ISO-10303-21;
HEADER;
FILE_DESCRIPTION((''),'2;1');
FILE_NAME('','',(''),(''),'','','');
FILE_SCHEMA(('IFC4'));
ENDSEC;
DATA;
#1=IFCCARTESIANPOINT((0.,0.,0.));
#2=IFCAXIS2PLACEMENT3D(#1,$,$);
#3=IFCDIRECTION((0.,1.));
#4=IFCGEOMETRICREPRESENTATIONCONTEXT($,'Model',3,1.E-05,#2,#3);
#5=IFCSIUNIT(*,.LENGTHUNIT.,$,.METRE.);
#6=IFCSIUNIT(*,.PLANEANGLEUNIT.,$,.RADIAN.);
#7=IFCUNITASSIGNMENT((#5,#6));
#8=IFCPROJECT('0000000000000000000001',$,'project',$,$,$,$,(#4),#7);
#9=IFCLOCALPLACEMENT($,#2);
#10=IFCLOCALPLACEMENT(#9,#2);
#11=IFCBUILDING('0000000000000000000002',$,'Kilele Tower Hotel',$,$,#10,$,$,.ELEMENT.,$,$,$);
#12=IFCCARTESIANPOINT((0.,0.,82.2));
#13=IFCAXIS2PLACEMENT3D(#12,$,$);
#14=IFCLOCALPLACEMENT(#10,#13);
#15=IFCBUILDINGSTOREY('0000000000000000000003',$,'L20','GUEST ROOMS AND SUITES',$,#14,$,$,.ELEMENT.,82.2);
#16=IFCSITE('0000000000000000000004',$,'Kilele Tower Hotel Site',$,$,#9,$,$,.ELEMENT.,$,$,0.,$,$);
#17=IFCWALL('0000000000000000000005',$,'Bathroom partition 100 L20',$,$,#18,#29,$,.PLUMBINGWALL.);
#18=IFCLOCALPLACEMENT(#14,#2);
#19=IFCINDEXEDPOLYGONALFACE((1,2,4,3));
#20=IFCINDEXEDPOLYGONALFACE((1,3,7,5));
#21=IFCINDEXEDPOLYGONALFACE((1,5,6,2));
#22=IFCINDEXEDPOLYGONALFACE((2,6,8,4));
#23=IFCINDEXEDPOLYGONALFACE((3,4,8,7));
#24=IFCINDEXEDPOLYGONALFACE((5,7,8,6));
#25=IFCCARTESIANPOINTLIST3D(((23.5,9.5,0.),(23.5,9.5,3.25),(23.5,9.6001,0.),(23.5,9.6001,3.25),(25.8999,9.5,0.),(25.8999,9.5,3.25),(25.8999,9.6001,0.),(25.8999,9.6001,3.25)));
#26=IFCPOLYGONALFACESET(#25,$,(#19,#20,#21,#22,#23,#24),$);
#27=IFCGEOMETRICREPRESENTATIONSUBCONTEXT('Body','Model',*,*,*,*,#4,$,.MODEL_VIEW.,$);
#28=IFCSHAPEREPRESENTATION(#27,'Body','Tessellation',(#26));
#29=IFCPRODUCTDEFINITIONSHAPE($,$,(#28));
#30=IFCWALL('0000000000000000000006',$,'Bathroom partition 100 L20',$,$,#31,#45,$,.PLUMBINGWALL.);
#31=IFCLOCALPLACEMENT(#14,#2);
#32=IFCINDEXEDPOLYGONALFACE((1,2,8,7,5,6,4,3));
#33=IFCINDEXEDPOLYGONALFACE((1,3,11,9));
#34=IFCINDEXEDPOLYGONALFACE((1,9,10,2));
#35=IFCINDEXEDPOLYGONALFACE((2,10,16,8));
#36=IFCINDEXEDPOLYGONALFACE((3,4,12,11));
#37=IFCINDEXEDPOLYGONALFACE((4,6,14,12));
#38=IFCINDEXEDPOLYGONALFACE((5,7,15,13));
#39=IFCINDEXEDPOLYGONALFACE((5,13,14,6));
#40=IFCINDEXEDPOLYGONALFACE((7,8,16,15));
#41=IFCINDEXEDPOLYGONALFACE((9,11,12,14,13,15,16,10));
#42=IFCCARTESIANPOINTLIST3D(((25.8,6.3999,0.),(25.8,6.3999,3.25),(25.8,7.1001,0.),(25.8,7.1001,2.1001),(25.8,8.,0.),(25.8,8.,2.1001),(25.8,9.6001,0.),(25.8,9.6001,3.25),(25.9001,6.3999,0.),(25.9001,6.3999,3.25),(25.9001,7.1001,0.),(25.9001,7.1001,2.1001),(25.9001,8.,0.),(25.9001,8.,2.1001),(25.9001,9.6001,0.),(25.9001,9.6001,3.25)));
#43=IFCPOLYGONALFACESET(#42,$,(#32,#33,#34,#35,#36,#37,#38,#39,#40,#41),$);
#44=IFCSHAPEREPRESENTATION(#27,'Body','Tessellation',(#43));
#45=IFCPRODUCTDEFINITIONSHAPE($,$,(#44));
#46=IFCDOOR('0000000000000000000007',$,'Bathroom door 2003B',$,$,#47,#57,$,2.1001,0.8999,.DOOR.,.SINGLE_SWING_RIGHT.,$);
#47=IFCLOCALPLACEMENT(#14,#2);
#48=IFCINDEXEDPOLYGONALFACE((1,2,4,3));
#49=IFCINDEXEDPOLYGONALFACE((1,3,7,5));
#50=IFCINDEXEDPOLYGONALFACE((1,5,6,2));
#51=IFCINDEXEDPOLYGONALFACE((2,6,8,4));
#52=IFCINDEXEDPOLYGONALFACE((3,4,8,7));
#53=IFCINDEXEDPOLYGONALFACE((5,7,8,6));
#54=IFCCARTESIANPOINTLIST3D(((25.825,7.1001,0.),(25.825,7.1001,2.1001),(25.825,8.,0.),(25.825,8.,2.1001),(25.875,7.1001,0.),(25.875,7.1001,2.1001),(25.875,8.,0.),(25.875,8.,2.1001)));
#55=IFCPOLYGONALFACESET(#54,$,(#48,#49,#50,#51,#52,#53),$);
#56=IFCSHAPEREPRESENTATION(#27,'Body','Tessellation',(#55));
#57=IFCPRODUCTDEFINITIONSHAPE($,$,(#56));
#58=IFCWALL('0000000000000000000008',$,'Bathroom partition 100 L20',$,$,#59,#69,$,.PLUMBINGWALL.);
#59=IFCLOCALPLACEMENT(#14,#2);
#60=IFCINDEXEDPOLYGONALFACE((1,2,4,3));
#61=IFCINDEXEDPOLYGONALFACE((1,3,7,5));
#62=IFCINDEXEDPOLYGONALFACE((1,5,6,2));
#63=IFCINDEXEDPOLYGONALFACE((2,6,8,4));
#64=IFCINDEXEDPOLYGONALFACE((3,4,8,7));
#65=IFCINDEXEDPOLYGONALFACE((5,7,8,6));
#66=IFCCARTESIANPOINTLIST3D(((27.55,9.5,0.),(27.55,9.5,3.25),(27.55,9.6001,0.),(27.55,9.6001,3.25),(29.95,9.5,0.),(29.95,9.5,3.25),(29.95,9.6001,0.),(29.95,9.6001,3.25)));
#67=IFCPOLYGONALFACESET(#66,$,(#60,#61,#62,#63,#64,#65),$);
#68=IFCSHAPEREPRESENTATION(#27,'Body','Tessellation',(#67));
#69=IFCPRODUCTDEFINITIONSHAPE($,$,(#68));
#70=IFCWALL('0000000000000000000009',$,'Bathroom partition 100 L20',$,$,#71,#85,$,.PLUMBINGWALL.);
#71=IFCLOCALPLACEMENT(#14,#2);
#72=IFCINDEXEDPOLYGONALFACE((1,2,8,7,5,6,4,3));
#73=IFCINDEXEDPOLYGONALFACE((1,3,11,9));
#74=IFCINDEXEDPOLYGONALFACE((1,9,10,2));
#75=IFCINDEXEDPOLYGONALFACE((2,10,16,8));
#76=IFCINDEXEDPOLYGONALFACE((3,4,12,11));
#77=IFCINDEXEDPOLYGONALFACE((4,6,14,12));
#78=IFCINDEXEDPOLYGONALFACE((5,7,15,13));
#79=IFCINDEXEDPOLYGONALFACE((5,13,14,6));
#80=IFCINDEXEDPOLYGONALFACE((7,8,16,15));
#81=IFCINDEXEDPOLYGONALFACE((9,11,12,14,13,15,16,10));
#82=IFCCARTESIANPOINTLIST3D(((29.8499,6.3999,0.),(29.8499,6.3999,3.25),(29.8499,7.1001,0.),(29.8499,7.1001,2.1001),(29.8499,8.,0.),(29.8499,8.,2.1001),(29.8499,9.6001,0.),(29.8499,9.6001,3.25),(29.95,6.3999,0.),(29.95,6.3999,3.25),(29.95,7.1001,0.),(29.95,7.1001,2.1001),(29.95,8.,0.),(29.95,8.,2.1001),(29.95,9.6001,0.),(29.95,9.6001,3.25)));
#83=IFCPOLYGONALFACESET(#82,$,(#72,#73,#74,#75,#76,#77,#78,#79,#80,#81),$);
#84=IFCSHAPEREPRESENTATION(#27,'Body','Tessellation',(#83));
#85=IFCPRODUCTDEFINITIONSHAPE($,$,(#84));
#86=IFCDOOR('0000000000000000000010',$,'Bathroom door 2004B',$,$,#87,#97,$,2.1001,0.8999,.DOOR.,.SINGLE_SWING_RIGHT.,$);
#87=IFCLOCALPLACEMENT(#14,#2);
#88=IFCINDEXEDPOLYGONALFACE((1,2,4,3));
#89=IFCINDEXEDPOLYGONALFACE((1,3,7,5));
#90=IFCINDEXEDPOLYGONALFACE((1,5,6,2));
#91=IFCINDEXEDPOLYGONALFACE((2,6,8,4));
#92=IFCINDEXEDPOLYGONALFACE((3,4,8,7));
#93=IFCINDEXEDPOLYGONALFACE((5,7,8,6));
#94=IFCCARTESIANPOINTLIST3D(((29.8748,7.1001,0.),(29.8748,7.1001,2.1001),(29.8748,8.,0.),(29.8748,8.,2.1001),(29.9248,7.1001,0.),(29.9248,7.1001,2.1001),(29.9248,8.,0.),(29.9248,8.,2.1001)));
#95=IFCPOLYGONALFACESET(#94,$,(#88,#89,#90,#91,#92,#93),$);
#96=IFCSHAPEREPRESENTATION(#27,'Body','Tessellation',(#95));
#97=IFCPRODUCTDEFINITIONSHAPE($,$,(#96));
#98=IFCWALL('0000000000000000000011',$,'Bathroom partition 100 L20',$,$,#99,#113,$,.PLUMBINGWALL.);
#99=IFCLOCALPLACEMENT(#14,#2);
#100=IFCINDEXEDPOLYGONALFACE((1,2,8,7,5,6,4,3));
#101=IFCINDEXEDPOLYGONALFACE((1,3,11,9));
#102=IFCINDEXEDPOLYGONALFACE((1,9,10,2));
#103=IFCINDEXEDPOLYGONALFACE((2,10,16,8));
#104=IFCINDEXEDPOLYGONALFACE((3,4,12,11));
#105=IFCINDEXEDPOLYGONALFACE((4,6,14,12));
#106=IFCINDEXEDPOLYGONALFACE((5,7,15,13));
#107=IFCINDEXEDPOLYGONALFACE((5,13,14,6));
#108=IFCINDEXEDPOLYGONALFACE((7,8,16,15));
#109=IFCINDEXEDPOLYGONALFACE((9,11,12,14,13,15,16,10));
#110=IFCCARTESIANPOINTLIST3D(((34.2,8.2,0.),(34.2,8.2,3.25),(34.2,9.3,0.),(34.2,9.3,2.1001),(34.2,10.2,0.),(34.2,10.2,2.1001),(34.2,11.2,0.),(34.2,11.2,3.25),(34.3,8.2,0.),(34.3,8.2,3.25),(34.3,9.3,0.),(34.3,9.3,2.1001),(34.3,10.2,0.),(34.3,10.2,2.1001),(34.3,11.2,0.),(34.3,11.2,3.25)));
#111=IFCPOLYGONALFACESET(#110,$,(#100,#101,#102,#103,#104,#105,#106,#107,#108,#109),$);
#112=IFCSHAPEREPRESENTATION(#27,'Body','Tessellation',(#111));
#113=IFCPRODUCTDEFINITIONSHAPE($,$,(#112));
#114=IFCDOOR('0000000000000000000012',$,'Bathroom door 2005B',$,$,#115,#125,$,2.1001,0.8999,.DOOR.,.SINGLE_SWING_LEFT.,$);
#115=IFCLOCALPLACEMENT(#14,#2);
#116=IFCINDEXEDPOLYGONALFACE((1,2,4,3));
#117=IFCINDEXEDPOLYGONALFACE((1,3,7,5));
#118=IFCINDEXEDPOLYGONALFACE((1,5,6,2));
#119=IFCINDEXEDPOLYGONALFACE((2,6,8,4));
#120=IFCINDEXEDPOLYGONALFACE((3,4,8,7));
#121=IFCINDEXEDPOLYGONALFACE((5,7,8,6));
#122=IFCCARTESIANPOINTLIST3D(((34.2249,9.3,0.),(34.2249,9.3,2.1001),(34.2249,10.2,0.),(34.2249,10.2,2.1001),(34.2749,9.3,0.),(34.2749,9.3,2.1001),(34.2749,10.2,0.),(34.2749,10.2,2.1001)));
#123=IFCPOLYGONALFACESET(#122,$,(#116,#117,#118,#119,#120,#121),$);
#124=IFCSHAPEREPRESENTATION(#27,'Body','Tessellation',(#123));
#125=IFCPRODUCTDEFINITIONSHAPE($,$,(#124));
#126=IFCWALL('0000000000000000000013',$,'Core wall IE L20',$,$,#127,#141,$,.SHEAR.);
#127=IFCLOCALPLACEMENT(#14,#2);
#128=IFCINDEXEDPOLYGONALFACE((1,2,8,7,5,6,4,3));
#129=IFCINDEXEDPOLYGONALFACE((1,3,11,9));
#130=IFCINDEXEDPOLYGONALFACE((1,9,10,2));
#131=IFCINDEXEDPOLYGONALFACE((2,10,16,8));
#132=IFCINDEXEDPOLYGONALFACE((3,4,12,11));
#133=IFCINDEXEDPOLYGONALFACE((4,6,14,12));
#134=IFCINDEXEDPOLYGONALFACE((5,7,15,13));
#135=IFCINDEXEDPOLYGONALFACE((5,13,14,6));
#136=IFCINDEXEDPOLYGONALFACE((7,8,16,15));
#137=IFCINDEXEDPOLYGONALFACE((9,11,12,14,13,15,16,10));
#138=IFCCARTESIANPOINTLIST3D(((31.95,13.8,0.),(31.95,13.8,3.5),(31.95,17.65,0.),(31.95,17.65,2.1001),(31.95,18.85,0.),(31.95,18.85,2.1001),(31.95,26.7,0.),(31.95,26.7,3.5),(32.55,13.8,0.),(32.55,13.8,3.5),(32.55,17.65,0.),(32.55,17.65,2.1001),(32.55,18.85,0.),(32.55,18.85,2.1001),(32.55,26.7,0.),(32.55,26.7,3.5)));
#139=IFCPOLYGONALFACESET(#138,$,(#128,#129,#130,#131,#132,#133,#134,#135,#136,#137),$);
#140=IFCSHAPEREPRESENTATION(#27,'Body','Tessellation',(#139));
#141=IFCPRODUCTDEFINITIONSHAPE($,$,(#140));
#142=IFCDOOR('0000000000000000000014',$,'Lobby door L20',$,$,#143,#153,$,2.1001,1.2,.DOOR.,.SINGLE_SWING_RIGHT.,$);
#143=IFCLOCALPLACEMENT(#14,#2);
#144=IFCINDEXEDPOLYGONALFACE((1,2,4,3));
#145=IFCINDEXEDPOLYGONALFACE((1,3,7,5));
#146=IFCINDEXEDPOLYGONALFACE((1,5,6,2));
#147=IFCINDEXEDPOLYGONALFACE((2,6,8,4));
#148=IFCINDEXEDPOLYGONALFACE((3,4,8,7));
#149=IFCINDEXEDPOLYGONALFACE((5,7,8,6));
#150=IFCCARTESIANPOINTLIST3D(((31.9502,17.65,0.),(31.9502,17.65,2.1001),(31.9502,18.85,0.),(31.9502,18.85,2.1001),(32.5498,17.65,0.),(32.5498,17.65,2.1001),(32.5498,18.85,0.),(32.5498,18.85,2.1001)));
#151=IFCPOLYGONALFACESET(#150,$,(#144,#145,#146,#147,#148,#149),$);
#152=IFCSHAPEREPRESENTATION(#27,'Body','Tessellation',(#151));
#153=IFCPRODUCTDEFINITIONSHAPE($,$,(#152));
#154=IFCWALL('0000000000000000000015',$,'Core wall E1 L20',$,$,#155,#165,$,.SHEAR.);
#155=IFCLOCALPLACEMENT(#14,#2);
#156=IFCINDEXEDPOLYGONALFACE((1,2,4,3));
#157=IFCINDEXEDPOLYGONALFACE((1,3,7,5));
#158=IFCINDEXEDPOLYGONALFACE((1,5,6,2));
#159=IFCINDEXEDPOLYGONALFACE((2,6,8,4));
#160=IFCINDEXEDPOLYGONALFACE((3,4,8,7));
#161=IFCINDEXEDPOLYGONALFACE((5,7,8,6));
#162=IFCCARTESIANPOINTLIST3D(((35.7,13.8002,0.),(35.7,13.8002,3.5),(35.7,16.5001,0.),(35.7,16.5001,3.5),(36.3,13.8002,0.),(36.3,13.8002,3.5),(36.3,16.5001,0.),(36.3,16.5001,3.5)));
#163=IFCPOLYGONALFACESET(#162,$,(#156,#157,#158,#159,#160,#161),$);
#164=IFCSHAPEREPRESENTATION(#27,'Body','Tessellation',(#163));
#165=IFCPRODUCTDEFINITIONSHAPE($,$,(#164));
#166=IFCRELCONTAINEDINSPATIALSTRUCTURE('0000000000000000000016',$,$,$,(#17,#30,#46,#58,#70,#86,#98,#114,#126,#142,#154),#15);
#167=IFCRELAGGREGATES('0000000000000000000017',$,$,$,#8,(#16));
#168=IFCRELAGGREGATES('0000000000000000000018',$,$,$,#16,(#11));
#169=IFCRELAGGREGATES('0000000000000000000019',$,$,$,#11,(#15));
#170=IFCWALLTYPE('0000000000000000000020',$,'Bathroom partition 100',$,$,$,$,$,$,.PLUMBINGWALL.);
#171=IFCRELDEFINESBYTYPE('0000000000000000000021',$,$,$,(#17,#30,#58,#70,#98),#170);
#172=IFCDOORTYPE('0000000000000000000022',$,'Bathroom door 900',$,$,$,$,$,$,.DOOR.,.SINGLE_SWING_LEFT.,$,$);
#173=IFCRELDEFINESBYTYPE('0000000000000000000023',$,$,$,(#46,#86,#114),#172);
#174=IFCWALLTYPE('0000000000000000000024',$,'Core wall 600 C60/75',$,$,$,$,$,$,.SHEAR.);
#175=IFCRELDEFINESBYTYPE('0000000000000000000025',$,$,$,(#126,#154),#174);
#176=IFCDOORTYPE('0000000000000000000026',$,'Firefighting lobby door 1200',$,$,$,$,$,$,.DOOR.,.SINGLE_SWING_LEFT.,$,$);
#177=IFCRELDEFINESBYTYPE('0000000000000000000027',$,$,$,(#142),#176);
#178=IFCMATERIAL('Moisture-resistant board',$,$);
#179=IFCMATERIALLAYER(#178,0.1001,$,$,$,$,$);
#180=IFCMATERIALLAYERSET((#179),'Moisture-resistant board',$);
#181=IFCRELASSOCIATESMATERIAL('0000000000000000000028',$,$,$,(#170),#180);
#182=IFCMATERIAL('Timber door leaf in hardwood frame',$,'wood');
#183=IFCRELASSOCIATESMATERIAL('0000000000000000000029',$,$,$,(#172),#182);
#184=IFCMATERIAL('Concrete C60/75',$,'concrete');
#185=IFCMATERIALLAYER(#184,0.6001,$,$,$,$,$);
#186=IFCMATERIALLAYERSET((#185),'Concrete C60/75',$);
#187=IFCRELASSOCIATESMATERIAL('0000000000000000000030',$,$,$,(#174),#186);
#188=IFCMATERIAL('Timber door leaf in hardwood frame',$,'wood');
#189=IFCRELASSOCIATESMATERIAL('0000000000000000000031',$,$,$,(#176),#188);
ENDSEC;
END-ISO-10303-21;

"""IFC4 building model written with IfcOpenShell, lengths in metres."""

from ifc_helpers import new_model, si_unit, direction, frame, frame_2d, origin, place, context, subcontext, project, spatial, rectangle, extrude, material, layer, layer_set, type_object, element, fill, save


model = new_model("IFC4")

# Units and contexts
model_context = context("Model", 3, precision=1e-05, world=origin(), true_north=direction((0.0, 1.0)))
body_context = subcontext(model_context, "Body", "Model", "MODEL_VIEW")
ifc_project = project(units=[si_unit("LENGTHUNIT", "METRE"), si_unit("PLANEANGLEUNIT", "RADIAN")], contexts=[model_context])

# Site, building, storey
site_placement = place(None, origin())
site = spatial("IfcSite", under=ifc_project, at=site_placement, Name="Kilele Tower Hotel Site", CompositionType="ELEMENT", RefElevation=0.0)
building_placement = place(site_placement, origin())
building = spatial("IfcBuilding", under=site, at=building_placement, Name="Kilele Tower Hotel", CompositionType="ELEMENT")
storey_placement = place(building_placement, frame((0.0, 0.0, 82.2)))
storey = spatial("IfcBuildingStorey", under=building, at=storey_placement, Name="L20", Description="GUEST ROOMS AND SUITES", CompositionType="ELEMENT", Elevation=82.2)

# Wall
ifc_material_1 = material(Name="Moisture-resistant board")
ifc_layer_1 = layer(ifc_material_1, 0.1001)
ifc_layer_set_1 = layer_set([ifc_layer_1], Name="Moisture-resistant board")
wall_type_1 = type_object("IfcWallType", Name="Bathroom partition 100", PredefinedType="PLUMBINGWALL", material=ifc_layer_set_1)
wall_1_placement = place(storey_placement, frame((23.5, 9.55, 0.0), z_axis=(0.0, 0.0, 1.0), x_axis=(1.0, 0.0, 0.0)))
element("IfcWall", 1, at=wall_1_placement, inside=storey, type_object=wall_type_1, Name="Bathroom partition 100 L20", PredefinedType="PLUMBINGWALL", context=body_context, shape_type="SweptSolid", body=[
    extrude(rectangle(XDim=2.3999, YDim=0.1001, at=frame_2d((1.2, 0.0))), origin(), (0.0, 0.0, 1.0), 3.25),
])

# Wall, opening, door
wall_2_placement = place(storey_placement, frame((25.8501, 9.6001, 0.0), z_axis=(0.0, 0.0, 1.0), x_axis=(0.0, -1.0, 0.0)))
wall_2 = element("IfcWall", 2, at=wall_2_placement, inside=storey, type_object=wall_type_1, Name="Bathroom partition 100 L20", PredefinedType="PLUMBINGWALL", context=body_context, shape_type="SweptSolid", body=[
    extrude(rectangle(XDim=3.2002, YDim=0.1001, at=frame_2d((1.6001, 0.0))), origin(), (0.0, 0.0, 1.0), 3.25),
])
opening_1_placement = place(wall_2_placement, frame((1.6001, 0.0, 0.0)))
opening_1 = element("IfcOpeningElement", 3, at=opening_1_placement, cuts=wall_2, PredefinedType="OPENING", context=body_context, shape_type="SweptSolid", body=[
    extrude(rectangle(XDim=0.8999, YDim=2.1001, at=frame_2d((0.45, 1.05))), frame((0.0, 0.0601, 0.0), z_axis=(0.0, -1.0, 0.0), x_axis=(1.0, 0.0, 0.0)), (0.0, 0.0, 1.0), 0.1201),
])
ifc_material_2 = material(Name="Timber door leaf in hardwood frame", Category="wood")
door_type_1 = type_object("IfcDoorType", Name="Bathroom door 900", OperationType="SINGLE_SWING_LEFT", PredefinedType="DOOR", material=ifc_material_2)
door_1_placement = place(opening_1_placement, origin())
door_1 = element("IfcDoor", 4, at=door_1_placement, inside=storey, type_object=door_type_1, Name="Bathroom door 2003B", OperationType="SINGLE_SWING_RIGHT", OverallHeight=2.1001, OverallWidth=0.8999, PredefinedType="DOOR", context=body_context, shape_type="SweptSolid", body=[
    extrude(rectangle(XDim=0.8999, YDim=2.1001, at=frame_2d((0.45, 1.05))), frame((0.0, 0.0249, 0.0), z_axis=(0.0, -1.0, 0.0), x_axis=(1.0, 0.0, 0.0)), (0.0, 0.0, 1.0), 0.05),
])
fill(opening_1, door_1)

# Wall
wall_3_placement = place(storey_placement, frame((27.55, 9.55, 0.0), z_axis=(0.0, 0.0, 1.0), x_axis=(1.0, 0.0, 0.0)))
element("IfcWall", 5, at=wall_3_placement, inside=storey, type_object=wall_type_1, Name="Bathroom partition 100 L20", PredefinedType="PLUMBINGWALL", context=body_context, shape_type="SweptSolid", body=[
    extrude(rectangle(XDim=2.3999, YDim=0.1001, at=frame_2d((1.2, 0.0))), origin(), (0.0, 0.0, 1.0), 3.25),
])

# Walls, openings, doors
wall_4_placement = place(storey_placement, frame((29.8999, 9.6001, 0.0), z_axis=(0.0, 0.0, 1.0), x_axis=(0.0, -1.0, 0.0)))
wall_4 = element("IfcWall", 6, at=wall_4_placement, inside=storey, type_object=wall_type_1, Name="Bathroom partition 100 L20", PredefinedType="PLUMBINGWALL", context=body_context, shape_type="SweptSolid", body=[
    extrude(rectangle(XDim=3.2002, YDim=0.1001, at=frame_2d((1.6001, 0.0))), origin(), (0.0, 0.0, 1.0), 3.25),
])
opening_2_placement = place(wall_4_placement, frame((1.6001, 0.0, 0.0)))
opening_2 = element("IfcOpeningElement", 7, at=opening_2_placement, cuts=wall_4, PredefinedType="OPENING", context=body_context, shape_type="SweptSolid", body=[
    extrude(rectangle(XDim=0.8999, YDim=2.1001, at=frame_2d((0.45, 1.05))), frame((0.0, 0.0601, 0.0), z_axis=(0.0, -1.0, 0.0), x_axis=(1.0, 0.0, 0.0)), (0.0, 0.0, 1.0), 0.1201),
])
door_2_placement = place(opening_2_placement, origin())
door_2 = element("IfcDoor", 8, at=door_2_placement, inside=storey, type_object=door_type_1, Name="Bathroom door 2004B", OperationType="SINGLE_SWING_RIGHT", OverallHeight=2.1001, OverallWidth=0.8999, PredefinedType="DOOR", context=body_context, shape_type="SweptSolid", body=[
    extrude(rectangle(XDim=0.8999, YDim=2.1001, at=frame_2d((0.45, 1.05))), frame((0.0, 0.0249, 0.0), z_axis=(0.0, -1.0, 0.0), x_axis=(1.0, 0.0, 0.0)), (0.0, 0.0, 1.0), 0.05),
])
fill(opening_2, door_2)
wall_5_placement = place(storey_placement, frame((34.25, 11.2, 0.0), z_axis=(0.0, 0.0, 1.0), x_axis=(0.0, -1.0, 0.0)))
wall_5 = element("IfcWall", 9, at=wall_5_placement, inside=storey, type_object=wall_type_1, Name="Bathroom partition 100 L20", PredefinedType="PLUMBINGWALL", context=body_context, shape_type="SweptSolid", body=[
    extrude(rectangle(XDim=3.0, YDim=0.1001, at=frame_2d((1.5, 0.0))), origin(), (0.0, 0.0, 1.0), 3.25),
])
opening_3_placement = place(wall_5_placement, frame((1.0, 0.0, 0.0)))
opening_3 = element("IfcOpeningElement", 10, at=opening_3_placement, cuts=wall_5, PredefinedType="OPENING", context=body_context, shape_type="SweptSolid", body=[
    extrude(rectangle(XDim=0.8999, YDim=2.1001, at=frame_2d((0.45, 1.05))), frame((0.0, 0.0601, 0.0), z_axis=(0.0, -1.0, 0.0), x_axis=(1.0, 0.0, 0.0)), (0.0, 0.0, 1.0), 0.1201),
])
door_3_placement = place(opening_3_placement, origin())
door_3 = element("IfcDoor", 11, at=door_3_placement, inside=storey, type_object=door_type_1, Name="Bathroom door 2005B", OperationType="SINGLE_SWING_LEFT", OverallHeight=2.1001, OverallWidth=0.8999, PredefinedType="DOOR", context=body_context, shape_type="SweptSolid", body=[
    extrude(rectangle(XDim=0.8999, YDim=2.1001, at=frame_2d((0.45, 1.05))), frame((0.0, 0.0249, 0.0), z_axis=(0.0, -1.0, 0.0), x_axis=(1.0, 0.0, 0.0)), (0.0, 0.0, 1.0), 0.05),
])
fill(opening_3, door_3)
ifc_material_3 = material(Name="Concrete C60/75", Category="concrete")
ifc_layer_2 = layer(ifc_material_3, 0.6001)
ifc_layer_set_2 = layer_set([ifc_layer_2], Name="Concrete C60/75")
wall_type_2 = type_object("IfcWallType", Name="Core wall 600 C60/75", PredefinedType="SHEAR", material=ifc_layer_set_2)
wall_6_placement = place(storey_placement, frame((32.25, 13.8, 0.0), z_axis=(0.0, 0.0, 1.0), x_axis=(0.0, 1.0, 0.0)))
wall_6 = element("IfcWall", 12, at=wall_6_placement, inside=storey, type_object=wall_type_2, Name="Core wall IE L20", PredefinedType="SHEAR", context=body_context, shape_type="SweptSolid", body=[
    extrude(rectangle(XDim=12.8999, YDim=0.6001, at=frame_2d((6.45, 0.0))), origin(), (0.0, 0.0, 1.0), 3.5),
])
opening_4_placement = place(wall_6_placement, frame((5.05, 0.0, 0.0), z_axis=(0.0, 0.0, 1.0), x_axis=(-1.0, 0.0, 0.0)))
opening_4 = element("IfcOpeningElement", 13, at=opening_4_placement, cuts=wall_6, PredefinedType="OPENING", context=body_context, shape_type="SweptSolid", body=[
    extrude(rectangle(XDim=1.2, YDim=2.1001, at=frame_2d((0.6001, 1.05))), frame((0.0, 0.3101, 0.0), z_axis=(0.0, -1.0, 0.0), x_axis=(1.0, 0.0, 0.0)), (0.0, 0.0, 1.0), 0.6201),
])
ifc_material_4 = material(Name="Timber door leaf in hardwood frame", Category="wood")
door_type_2 = type_object("IfcDoorType", Name="Firefighting lobby door 1200", OperationType="SINGLE_SWING_LEFT", PredefinedType="DOOR", material=ifc_material_4)
door_4_placement = place(opening_4_placement, origin())
door_4 = element("IfcDoor", 14, at=door_4_placement, inside=storey, type_object=door_type_2, Name="Lobby door L20", OperationType="SINGLE_SWING_RIGHT", OverallHeight=2.1001, OverallWidth=1.2, PredefinedType="DOOR", context=body_context, shape_type="SweptSolid", body=[
    extrude(rectangle(XDim=1.2, YDim=2.1001, at=frame_2d((0.6001, 1.05))), frame((0.0, 0.2998, 0.0), z_axis=(0.0, -1.0, 0.0), x_axis=(1.0, 0.0, 0.0)), (0.0, 0.0, 1.0), 0.5996),
])
fill(opening_4, door_4)

# Wall
wall_7_placement = place(storey_placement, frame((36.0, 13.8, 0.0), z_axis=(0.0, 0.0, 1.0), x_axis=(0.0, 1.0, 0.0)))
element("IfcWall", 15, at=wall_7_placement, inside=storey, type_object=wall_type_2, Name="Core wall E1 L20", PredefinedType="SHEAR", context=body_context, shape_type="SweptSolid", body=[
    extrude(rectangle(XDim=2.7, YDim=0.6001, at=frame_2d((1.3501, 0.0))), origin(), (0.0, 0.0, 1.0), 3.5),
])

save(model, "model.ifc")
